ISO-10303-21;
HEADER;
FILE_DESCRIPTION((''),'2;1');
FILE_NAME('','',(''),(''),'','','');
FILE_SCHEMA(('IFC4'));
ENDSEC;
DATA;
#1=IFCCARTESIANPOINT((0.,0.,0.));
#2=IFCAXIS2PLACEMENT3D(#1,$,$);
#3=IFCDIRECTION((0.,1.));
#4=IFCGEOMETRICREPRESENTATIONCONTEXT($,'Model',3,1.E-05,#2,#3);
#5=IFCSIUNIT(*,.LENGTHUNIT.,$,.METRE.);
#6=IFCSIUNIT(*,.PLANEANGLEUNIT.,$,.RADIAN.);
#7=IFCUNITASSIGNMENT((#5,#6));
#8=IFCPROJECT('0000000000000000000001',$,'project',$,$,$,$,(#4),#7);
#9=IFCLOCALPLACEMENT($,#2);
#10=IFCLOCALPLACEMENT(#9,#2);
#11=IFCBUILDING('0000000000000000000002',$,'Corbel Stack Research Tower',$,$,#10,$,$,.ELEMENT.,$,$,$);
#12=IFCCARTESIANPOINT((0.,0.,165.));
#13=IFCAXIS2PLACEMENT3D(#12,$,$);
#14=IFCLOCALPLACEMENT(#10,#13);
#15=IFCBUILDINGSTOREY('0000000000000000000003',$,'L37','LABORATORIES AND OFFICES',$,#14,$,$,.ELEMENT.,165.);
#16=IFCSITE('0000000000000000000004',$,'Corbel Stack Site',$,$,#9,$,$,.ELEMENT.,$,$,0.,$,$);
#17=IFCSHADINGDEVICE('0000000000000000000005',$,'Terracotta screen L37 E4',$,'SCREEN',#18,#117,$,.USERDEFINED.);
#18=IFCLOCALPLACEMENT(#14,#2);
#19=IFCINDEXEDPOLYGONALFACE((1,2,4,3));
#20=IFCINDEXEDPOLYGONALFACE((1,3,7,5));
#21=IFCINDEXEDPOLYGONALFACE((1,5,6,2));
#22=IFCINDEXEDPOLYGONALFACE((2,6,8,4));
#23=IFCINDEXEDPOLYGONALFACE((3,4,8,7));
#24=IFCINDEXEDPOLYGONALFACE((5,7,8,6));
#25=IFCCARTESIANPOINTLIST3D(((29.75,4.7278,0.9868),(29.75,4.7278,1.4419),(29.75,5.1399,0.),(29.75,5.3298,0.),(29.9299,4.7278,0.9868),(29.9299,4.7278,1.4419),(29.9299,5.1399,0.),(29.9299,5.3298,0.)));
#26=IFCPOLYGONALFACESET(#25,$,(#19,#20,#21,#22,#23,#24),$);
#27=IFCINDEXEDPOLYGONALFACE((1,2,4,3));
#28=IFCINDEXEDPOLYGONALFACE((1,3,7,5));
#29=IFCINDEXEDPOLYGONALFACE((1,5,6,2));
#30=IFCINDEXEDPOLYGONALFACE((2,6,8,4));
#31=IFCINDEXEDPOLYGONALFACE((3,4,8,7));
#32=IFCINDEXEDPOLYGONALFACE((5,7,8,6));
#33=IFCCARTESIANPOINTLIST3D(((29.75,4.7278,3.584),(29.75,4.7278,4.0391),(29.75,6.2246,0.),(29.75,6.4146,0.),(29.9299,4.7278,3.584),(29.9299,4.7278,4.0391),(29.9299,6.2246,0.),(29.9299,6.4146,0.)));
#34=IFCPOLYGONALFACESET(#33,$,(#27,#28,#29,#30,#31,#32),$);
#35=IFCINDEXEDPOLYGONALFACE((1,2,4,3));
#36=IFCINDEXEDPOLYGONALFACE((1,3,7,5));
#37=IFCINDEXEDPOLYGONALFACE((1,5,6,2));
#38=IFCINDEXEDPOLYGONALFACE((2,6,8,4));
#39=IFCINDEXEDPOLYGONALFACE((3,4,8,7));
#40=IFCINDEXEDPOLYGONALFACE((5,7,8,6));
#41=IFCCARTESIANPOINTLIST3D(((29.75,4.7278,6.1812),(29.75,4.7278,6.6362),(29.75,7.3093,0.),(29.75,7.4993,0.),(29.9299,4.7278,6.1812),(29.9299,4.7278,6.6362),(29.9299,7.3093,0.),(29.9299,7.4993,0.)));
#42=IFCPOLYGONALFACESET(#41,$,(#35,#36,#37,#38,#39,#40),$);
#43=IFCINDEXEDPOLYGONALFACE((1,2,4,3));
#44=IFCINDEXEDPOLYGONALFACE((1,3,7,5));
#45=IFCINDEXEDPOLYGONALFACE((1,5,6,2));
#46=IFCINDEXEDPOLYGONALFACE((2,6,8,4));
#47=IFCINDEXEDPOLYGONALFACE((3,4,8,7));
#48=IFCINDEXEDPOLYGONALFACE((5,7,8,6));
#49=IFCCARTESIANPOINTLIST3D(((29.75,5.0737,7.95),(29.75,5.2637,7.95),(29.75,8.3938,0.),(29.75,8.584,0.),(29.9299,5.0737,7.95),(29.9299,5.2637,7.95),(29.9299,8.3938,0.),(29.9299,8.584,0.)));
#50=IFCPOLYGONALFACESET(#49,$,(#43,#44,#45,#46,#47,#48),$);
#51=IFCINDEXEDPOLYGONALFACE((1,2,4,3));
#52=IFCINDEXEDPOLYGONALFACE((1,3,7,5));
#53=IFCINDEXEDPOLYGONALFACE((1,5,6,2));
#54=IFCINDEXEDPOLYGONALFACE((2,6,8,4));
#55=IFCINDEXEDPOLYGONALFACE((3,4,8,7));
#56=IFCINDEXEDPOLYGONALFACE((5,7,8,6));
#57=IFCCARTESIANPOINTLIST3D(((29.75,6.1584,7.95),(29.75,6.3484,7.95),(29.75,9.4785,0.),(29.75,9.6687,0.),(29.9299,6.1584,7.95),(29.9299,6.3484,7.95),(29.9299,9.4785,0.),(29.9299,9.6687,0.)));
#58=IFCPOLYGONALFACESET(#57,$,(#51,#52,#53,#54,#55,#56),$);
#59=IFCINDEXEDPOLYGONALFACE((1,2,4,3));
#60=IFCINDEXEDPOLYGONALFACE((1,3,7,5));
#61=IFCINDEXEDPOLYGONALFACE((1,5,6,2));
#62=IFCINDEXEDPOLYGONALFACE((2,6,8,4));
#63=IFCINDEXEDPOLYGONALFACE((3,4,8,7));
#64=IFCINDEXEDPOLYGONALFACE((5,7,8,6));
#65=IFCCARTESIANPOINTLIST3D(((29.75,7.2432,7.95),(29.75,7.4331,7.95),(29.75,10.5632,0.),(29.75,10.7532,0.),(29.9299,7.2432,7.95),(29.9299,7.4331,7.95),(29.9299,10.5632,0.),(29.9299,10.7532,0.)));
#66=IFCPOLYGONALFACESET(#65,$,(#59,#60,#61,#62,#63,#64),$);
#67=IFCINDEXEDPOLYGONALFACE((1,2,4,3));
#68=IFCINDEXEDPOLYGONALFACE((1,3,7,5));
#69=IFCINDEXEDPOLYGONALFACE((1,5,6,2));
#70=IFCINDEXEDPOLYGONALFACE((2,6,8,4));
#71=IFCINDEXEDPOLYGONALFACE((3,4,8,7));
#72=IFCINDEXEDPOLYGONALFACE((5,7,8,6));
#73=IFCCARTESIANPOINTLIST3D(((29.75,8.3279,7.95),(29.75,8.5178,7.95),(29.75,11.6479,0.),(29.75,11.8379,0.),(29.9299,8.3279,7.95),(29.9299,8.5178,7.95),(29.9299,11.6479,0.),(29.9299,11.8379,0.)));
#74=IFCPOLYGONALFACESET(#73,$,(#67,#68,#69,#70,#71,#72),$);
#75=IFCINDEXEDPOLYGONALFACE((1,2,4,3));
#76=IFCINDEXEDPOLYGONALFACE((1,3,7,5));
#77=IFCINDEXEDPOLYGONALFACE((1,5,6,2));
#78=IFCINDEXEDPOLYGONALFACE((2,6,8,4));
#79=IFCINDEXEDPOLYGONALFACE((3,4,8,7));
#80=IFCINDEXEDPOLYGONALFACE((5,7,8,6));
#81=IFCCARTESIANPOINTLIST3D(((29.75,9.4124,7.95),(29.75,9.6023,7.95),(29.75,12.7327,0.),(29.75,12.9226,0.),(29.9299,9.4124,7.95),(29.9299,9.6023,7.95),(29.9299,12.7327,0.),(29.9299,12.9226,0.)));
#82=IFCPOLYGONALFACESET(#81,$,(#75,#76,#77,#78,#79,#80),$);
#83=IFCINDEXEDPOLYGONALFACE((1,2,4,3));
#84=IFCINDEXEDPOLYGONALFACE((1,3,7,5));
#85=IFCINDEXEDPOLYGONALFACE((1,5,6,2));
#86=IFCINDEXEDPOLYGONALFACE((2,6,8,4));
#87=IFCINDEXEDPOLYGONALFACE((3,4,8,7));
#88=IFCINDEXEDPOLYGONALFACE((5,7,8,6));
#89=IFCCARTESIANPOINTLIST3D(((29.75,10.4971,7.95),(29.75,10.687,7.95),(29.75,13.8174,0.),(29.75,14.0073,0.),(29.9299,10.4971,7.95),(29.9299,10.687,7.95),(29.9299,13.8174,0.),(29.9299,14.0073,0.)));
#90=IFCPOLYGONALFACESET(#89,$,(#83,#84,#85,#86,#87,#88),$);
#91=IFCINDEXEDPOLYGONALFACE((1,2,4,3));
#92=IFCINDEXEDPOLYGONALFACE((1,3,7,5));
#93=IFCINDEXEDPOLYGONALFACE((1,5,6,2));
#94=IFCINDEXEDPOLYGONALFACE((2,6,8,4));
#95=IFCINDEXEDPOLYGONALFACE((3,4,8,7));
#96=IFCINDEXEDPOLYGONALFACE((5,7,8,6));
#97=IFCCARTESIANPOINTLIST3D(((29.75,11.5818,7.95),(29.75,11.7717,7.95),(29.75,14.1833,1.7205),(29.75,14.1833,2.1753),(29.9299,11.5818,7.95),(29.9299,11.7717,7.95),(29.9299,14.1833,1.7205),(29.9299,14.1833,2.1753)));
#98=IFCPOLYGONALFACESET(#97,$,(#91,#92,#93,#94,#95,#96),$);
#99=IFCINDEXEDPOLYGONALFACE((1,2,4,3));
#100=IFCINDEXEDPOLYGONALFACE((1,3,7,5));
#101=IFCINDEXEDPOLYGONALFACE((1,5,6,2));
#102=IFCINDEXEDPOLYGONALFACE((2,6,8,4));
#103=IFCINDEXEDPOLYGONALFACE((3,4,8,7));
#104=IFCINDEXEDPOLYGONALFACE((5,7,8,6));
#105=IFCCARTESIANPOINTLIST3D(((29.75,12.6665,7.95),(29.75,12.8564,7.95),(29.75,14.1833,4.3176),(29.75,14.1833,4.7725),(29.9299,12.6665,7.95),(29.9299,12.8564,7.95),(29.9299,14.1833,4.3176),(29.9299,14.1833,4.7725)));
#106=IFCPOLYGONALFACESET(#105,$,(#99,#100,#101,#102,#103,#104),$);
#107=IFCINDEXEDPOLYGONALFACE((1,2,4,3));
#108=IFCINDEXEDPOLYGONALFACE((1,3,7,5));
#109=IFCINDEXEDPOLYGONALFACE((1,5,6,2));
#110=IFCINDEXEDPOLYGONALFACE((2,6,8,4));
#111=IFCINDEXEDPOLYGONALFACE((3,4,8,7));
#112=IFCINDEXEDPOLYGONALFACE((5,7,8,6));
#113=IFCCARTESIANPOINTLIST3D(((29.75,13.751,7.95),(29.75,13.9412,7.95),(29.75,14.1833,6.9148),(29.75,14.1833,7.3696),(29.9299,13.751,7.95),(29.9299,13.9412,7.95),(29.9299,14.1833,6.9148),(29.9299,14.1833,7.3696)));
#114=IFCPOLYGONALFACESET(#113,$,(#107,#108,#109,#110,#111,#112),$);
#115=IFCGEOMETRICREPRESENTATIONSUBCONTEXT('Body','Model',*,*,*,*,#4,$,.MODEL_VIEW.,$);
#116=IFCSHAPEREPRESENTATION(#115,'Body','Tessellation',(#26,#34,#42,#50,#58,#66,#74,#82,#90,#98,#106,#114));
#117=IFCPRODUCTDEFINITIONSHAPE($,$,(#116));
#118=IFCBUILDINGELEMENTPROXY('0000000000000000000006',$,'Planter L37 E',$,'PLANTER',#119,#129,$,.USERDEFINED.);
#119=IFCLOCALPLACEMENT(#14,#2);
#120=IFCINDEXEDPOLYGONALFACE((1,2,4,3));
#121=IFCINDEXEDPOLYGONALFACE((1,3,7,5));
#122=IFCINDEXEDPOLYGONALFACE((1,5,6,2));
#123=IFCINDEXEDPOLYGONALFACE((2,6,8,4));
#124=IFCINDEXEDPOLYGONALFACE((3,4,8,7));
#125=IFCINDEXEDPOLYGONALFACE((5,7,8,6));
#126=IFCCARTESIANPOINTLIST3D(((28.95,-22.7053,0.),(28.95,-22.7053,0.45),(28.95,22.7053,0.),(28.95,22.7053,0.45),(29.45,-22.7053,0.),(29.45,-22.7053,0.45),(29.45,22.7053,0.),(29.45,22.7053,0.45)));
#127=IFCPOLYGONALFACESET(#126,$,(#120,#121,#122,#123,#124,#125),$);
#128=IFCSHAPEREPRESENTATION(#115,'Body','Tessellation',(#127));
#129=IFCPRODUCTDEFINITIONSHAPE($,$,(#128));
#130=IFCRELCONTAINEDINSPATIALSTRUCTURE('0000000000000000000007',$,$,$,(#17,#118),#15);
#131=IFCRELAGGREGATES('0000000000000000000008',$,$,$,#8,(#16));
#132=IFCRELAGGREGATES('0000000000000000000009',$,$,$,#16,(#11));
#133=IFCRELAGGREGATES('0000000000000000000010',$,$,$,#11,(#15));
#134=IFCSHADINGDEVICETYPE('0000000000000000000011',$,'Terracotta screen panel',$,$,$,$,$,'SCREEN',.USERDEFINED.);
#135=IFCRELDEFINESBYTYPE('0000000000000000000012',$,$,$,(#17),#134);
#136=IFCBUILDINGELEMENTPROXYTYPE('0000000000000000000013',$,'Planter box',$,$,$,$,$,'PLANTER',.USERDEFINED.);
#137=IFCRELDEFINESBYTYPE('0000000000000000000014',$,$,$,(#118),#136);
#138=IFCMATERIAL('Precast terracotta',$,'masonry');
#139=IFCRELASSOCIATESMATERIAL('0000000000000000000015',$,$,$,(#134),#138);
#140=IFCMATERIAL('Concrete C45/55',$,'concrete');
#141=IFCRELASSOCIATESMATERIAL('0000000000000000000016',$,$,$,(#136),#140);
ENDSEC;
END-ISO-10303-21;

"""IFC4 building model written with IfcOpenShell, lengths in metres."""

from ifc_helpers import new_model, si_unit, direction, frame, origin, origin_2d, place, context, subcontext, project, spatial, polyline, rectangle, outline, extrude, source, transform, mapped, material, type_object, element, save


model = new_model("IFC4")

# Units and contexts
model_context = context("Model", 3, precision=1e-05, world=origin(), true_north=direction((0.0, 1.0)))
body_context = subcontext(model_context, "Body", "Model", "MODEL_VIEW")
ifc_project = project(units=[si_unit("LENGTHUNIT", "METRE"), si_unit("PLANEANGLEUNIT", "RADIAN")], contexts=[model_context])

# Site, building, storey
site_placement = place(None, origin())
site = spatial("IfcSite", under=ifc_project, at=site_placement, Name="Corbel Stack Site", CompositionType="ELEMENT", RefElevation=0.0)
building_placement = place(site_placement, origin())
building = spatial("IfcBuilding", under=site, at=building_placement, Name="Corbel Stack Research Tower", CompositionType="ELEMENT")
storey_placement = place(building_placement, frame((0.0, 0.0, 165.0)))
storey = spatial("IfcBuildingStorey", under=building, at=storey_placement, Name="L37", Description="LABORATORIES AND OFFICES", CompositionType="ELEMENT", Elevation=165.0)

# Shading device
ifc_material_1 = material(Name="Precast terracotta", Category="masonry")
shading_device_type = type_object("IfcShadingDeviceType", Name="Terracotta screen panel", ElementType="SCREEN", PredefinedType="USERDEFINED", material=ifc_material_1)
shared_shape_1 = source(origin(), body_context, "Body", "SweptSolid", [
    extrude(outline(polyline([(0.6021, 0.0), (0.0, 1.4419), (0.0, 0.9868), (0.4121, 0.0), (0.6021, 0.0)])), frame((0.0, 0.0, 0.0), z_axis=(0.0, -1.0, 0.0), x_axis=(1.0, 0.0, 0.0)), (0.0, 0.0, 1.0), 0.1799),
    extrude(outline(polyline([(1.6868, 0.0), (0.0, 4.0391), (0.0, 3.584), (1.4968, 0.0), (1.6868, 0.0)])), frame((0.0, 0.0, 0.0), z_axis=(0.0, -1.0, 0.0), x_axis=(1.0, 0.0, 0.0)), (0.0, 0.0, 1.0), 0.1799),
    extrude(outline(polyline([(2.7715, 0.0), (0.0, 6.6362), (0.0, 6.1812), (2.5815, 0.0), (2.7715, 0.0)])), frame((0.0, 0.0, 0.0), z_axis=(0.0, -1.0, 0.0), x_axis=(1.0, 0.0, 0.0)), (0.0, 0.0, 1.0), 0.1799),
    extrude(outline(polyline([(3.8562, 0.0), (0.5359, 7.95), (0.3459, 7.95), (3.666, 0.0), (3.8562, 0.0)])), frame((0.0, 0.0, 0.0), z_axis=(0.0, -1.0, 0.0), x_axis=(1.0, 0.0, 0.0)), (0.0, 0.0, 1.0), 0.1799),
    extrude(outline(polyline([(4.9409, 0.0), (1.6206, 7.95), (1.4307, 7.95), (4.7507, 0.0), (4.9409, 0.0)])), frame((0.0, 0.0, 0.0), z_axis=(0.0, -1.0, 0.0), x_axis=(1.0, 0.0, 0.0)), (0.0, 0.0, 1.0), 0.1799),
    extrude(outline(polyline([(6.0254, 0.0), (2.7053, 7.95), (2.5154, 7.95), (5.8354, 0.0), (6.0254, 0.0)])), frame((0.0, 0.0, 0.0), z_axis=(0.0, -1.0, 0.0), x_axis=(1.0, 0.0, 0.0)), (0.0, 0.0, 1.0), 0.1799),
    extrude(outline(polyline([(7.1101, 0.0), (3.79, 7.95), (3.6001, 7.95), (6.9202, 0.0), (7.1101, 0.0)])), frame((0.0, 0.0, 0.0), z_axis=(0.0, -1.0, 0.0), x_axis=(1.0, 0.0, 0.0)), (0.0, 0.0, 1.0), 0.1799),
    extrude(outline(polyline([(8.1948, 0.0), (4.8745, 7.95), (4.6846, 7.95), (8.0049, 0.0), (8.1948, 0.0)])), frame((0.0, 0.0, 0.0), z_axis=(0.0, -1.0, 0.0), x_axis=(1.0, 0.0, 0.0)), (0.0, 0.0, 1.0), 0.1799),
    extrude(outline(polyline([(9.2795, 0.0), (5.9592, 7.95), (5.7693, 7.95), (9.0896, 0.0), (9.2795, 0.0)])), frame((0.0, 0.0, 0.0), z_axis=(0.0, -1.0, 0.0), x_axis=(1.0, 0.0, 0.0)), (0.0, 0.0, 1.0), 0.1799),
    extrude(outline(polyline([(7.0439, 7.95), (6.854, 7.95), (9.4556, 1.7205), (9.4556, 2.1753), (7.0439, 7.95)])), frame((0.0, 0.0, 0.0), z_axis=(0.0, -1.0, 0.0), x_axis=(1.0, 0.0, 0.0)), (0.0, 0.0, 1.0), 0.1799),
    extrude(outline(polyline([(8.1287, 7.95), (7.9387, 7.95), (9.4556, 4.3176), (9.4556, 4.7725), (8.1287, 7.95)])), frame((0.0, 0.0, 0.0), z_axis=(0.0, -1.0, 0.0), x_axis=(1.0, 0.0, 0.0)), (0.0, 0.0, 1.0), 0.1799),
    extrude(outline(polyline([(9.2134, 7.95), (9.0232, 7.95), (9.4556, 6.9148), (9.4556, 7.3696), (9.2134, 7.95)])), frame((0.0, 0.0, 0.0), z_axis=(0.0, -1.0, 0.0), x_axis=(1.0, 0.0, 0.0)), (0.0, 0.0, 1.0), 0.1799),
])
shading_device_1_placement = place(storey_placement, frame((29.75, 4.7278, 0.0), z_axis=(0.0, 0.0, 1.0), x_axis=(0.0, 1.0, 0.0)))
element("IfcShadingDevice", 1, at=shading_device_1_placement, inside=storey, type_object=shading_device_type, Name="Terracotta screen L37 E4", ObjectType="SCREEN", PredefinedType="USERDEFINED", context=body_context, shape_type="MappedRepresentation", body=[
    mapped(shared_shape_1, transform((0.0, 0.0, 0.0))),
])

# Building element proxy
ifc_material_2 = material(Name="Concrete C45/55", Category="concrete")
building_element_proxy_type = type_object("IfcBuildingElementProxyType", Name="Planter box", ElementType="PLANTER", PredefinedType="USERDEFINED", material=ifc_material_2)
proxy_placement = place(storey_placement, frame((29.2, 0.0, 0.0), z_axis=(0.0, 0.0, 1.0), x_axis=(0.0, 1.0, 0.0)))
element("IfcBuildingElementProxy", 2, at=proxy_placement, inside=storey, type_object=building_element_proxy_type, Name="Planter L37 E", ObjectType="PLANTER", PredefinedType="USERDEFINED", context=body_context, shape_type="SweptSolid", body=[
    extrude(rectangle(XDim=45.4106, YDim=0.5, at=origin_2d()), origin(), (0.0, 0.0, 1.0), 0.45),
])

save(model, "model.ifc")
